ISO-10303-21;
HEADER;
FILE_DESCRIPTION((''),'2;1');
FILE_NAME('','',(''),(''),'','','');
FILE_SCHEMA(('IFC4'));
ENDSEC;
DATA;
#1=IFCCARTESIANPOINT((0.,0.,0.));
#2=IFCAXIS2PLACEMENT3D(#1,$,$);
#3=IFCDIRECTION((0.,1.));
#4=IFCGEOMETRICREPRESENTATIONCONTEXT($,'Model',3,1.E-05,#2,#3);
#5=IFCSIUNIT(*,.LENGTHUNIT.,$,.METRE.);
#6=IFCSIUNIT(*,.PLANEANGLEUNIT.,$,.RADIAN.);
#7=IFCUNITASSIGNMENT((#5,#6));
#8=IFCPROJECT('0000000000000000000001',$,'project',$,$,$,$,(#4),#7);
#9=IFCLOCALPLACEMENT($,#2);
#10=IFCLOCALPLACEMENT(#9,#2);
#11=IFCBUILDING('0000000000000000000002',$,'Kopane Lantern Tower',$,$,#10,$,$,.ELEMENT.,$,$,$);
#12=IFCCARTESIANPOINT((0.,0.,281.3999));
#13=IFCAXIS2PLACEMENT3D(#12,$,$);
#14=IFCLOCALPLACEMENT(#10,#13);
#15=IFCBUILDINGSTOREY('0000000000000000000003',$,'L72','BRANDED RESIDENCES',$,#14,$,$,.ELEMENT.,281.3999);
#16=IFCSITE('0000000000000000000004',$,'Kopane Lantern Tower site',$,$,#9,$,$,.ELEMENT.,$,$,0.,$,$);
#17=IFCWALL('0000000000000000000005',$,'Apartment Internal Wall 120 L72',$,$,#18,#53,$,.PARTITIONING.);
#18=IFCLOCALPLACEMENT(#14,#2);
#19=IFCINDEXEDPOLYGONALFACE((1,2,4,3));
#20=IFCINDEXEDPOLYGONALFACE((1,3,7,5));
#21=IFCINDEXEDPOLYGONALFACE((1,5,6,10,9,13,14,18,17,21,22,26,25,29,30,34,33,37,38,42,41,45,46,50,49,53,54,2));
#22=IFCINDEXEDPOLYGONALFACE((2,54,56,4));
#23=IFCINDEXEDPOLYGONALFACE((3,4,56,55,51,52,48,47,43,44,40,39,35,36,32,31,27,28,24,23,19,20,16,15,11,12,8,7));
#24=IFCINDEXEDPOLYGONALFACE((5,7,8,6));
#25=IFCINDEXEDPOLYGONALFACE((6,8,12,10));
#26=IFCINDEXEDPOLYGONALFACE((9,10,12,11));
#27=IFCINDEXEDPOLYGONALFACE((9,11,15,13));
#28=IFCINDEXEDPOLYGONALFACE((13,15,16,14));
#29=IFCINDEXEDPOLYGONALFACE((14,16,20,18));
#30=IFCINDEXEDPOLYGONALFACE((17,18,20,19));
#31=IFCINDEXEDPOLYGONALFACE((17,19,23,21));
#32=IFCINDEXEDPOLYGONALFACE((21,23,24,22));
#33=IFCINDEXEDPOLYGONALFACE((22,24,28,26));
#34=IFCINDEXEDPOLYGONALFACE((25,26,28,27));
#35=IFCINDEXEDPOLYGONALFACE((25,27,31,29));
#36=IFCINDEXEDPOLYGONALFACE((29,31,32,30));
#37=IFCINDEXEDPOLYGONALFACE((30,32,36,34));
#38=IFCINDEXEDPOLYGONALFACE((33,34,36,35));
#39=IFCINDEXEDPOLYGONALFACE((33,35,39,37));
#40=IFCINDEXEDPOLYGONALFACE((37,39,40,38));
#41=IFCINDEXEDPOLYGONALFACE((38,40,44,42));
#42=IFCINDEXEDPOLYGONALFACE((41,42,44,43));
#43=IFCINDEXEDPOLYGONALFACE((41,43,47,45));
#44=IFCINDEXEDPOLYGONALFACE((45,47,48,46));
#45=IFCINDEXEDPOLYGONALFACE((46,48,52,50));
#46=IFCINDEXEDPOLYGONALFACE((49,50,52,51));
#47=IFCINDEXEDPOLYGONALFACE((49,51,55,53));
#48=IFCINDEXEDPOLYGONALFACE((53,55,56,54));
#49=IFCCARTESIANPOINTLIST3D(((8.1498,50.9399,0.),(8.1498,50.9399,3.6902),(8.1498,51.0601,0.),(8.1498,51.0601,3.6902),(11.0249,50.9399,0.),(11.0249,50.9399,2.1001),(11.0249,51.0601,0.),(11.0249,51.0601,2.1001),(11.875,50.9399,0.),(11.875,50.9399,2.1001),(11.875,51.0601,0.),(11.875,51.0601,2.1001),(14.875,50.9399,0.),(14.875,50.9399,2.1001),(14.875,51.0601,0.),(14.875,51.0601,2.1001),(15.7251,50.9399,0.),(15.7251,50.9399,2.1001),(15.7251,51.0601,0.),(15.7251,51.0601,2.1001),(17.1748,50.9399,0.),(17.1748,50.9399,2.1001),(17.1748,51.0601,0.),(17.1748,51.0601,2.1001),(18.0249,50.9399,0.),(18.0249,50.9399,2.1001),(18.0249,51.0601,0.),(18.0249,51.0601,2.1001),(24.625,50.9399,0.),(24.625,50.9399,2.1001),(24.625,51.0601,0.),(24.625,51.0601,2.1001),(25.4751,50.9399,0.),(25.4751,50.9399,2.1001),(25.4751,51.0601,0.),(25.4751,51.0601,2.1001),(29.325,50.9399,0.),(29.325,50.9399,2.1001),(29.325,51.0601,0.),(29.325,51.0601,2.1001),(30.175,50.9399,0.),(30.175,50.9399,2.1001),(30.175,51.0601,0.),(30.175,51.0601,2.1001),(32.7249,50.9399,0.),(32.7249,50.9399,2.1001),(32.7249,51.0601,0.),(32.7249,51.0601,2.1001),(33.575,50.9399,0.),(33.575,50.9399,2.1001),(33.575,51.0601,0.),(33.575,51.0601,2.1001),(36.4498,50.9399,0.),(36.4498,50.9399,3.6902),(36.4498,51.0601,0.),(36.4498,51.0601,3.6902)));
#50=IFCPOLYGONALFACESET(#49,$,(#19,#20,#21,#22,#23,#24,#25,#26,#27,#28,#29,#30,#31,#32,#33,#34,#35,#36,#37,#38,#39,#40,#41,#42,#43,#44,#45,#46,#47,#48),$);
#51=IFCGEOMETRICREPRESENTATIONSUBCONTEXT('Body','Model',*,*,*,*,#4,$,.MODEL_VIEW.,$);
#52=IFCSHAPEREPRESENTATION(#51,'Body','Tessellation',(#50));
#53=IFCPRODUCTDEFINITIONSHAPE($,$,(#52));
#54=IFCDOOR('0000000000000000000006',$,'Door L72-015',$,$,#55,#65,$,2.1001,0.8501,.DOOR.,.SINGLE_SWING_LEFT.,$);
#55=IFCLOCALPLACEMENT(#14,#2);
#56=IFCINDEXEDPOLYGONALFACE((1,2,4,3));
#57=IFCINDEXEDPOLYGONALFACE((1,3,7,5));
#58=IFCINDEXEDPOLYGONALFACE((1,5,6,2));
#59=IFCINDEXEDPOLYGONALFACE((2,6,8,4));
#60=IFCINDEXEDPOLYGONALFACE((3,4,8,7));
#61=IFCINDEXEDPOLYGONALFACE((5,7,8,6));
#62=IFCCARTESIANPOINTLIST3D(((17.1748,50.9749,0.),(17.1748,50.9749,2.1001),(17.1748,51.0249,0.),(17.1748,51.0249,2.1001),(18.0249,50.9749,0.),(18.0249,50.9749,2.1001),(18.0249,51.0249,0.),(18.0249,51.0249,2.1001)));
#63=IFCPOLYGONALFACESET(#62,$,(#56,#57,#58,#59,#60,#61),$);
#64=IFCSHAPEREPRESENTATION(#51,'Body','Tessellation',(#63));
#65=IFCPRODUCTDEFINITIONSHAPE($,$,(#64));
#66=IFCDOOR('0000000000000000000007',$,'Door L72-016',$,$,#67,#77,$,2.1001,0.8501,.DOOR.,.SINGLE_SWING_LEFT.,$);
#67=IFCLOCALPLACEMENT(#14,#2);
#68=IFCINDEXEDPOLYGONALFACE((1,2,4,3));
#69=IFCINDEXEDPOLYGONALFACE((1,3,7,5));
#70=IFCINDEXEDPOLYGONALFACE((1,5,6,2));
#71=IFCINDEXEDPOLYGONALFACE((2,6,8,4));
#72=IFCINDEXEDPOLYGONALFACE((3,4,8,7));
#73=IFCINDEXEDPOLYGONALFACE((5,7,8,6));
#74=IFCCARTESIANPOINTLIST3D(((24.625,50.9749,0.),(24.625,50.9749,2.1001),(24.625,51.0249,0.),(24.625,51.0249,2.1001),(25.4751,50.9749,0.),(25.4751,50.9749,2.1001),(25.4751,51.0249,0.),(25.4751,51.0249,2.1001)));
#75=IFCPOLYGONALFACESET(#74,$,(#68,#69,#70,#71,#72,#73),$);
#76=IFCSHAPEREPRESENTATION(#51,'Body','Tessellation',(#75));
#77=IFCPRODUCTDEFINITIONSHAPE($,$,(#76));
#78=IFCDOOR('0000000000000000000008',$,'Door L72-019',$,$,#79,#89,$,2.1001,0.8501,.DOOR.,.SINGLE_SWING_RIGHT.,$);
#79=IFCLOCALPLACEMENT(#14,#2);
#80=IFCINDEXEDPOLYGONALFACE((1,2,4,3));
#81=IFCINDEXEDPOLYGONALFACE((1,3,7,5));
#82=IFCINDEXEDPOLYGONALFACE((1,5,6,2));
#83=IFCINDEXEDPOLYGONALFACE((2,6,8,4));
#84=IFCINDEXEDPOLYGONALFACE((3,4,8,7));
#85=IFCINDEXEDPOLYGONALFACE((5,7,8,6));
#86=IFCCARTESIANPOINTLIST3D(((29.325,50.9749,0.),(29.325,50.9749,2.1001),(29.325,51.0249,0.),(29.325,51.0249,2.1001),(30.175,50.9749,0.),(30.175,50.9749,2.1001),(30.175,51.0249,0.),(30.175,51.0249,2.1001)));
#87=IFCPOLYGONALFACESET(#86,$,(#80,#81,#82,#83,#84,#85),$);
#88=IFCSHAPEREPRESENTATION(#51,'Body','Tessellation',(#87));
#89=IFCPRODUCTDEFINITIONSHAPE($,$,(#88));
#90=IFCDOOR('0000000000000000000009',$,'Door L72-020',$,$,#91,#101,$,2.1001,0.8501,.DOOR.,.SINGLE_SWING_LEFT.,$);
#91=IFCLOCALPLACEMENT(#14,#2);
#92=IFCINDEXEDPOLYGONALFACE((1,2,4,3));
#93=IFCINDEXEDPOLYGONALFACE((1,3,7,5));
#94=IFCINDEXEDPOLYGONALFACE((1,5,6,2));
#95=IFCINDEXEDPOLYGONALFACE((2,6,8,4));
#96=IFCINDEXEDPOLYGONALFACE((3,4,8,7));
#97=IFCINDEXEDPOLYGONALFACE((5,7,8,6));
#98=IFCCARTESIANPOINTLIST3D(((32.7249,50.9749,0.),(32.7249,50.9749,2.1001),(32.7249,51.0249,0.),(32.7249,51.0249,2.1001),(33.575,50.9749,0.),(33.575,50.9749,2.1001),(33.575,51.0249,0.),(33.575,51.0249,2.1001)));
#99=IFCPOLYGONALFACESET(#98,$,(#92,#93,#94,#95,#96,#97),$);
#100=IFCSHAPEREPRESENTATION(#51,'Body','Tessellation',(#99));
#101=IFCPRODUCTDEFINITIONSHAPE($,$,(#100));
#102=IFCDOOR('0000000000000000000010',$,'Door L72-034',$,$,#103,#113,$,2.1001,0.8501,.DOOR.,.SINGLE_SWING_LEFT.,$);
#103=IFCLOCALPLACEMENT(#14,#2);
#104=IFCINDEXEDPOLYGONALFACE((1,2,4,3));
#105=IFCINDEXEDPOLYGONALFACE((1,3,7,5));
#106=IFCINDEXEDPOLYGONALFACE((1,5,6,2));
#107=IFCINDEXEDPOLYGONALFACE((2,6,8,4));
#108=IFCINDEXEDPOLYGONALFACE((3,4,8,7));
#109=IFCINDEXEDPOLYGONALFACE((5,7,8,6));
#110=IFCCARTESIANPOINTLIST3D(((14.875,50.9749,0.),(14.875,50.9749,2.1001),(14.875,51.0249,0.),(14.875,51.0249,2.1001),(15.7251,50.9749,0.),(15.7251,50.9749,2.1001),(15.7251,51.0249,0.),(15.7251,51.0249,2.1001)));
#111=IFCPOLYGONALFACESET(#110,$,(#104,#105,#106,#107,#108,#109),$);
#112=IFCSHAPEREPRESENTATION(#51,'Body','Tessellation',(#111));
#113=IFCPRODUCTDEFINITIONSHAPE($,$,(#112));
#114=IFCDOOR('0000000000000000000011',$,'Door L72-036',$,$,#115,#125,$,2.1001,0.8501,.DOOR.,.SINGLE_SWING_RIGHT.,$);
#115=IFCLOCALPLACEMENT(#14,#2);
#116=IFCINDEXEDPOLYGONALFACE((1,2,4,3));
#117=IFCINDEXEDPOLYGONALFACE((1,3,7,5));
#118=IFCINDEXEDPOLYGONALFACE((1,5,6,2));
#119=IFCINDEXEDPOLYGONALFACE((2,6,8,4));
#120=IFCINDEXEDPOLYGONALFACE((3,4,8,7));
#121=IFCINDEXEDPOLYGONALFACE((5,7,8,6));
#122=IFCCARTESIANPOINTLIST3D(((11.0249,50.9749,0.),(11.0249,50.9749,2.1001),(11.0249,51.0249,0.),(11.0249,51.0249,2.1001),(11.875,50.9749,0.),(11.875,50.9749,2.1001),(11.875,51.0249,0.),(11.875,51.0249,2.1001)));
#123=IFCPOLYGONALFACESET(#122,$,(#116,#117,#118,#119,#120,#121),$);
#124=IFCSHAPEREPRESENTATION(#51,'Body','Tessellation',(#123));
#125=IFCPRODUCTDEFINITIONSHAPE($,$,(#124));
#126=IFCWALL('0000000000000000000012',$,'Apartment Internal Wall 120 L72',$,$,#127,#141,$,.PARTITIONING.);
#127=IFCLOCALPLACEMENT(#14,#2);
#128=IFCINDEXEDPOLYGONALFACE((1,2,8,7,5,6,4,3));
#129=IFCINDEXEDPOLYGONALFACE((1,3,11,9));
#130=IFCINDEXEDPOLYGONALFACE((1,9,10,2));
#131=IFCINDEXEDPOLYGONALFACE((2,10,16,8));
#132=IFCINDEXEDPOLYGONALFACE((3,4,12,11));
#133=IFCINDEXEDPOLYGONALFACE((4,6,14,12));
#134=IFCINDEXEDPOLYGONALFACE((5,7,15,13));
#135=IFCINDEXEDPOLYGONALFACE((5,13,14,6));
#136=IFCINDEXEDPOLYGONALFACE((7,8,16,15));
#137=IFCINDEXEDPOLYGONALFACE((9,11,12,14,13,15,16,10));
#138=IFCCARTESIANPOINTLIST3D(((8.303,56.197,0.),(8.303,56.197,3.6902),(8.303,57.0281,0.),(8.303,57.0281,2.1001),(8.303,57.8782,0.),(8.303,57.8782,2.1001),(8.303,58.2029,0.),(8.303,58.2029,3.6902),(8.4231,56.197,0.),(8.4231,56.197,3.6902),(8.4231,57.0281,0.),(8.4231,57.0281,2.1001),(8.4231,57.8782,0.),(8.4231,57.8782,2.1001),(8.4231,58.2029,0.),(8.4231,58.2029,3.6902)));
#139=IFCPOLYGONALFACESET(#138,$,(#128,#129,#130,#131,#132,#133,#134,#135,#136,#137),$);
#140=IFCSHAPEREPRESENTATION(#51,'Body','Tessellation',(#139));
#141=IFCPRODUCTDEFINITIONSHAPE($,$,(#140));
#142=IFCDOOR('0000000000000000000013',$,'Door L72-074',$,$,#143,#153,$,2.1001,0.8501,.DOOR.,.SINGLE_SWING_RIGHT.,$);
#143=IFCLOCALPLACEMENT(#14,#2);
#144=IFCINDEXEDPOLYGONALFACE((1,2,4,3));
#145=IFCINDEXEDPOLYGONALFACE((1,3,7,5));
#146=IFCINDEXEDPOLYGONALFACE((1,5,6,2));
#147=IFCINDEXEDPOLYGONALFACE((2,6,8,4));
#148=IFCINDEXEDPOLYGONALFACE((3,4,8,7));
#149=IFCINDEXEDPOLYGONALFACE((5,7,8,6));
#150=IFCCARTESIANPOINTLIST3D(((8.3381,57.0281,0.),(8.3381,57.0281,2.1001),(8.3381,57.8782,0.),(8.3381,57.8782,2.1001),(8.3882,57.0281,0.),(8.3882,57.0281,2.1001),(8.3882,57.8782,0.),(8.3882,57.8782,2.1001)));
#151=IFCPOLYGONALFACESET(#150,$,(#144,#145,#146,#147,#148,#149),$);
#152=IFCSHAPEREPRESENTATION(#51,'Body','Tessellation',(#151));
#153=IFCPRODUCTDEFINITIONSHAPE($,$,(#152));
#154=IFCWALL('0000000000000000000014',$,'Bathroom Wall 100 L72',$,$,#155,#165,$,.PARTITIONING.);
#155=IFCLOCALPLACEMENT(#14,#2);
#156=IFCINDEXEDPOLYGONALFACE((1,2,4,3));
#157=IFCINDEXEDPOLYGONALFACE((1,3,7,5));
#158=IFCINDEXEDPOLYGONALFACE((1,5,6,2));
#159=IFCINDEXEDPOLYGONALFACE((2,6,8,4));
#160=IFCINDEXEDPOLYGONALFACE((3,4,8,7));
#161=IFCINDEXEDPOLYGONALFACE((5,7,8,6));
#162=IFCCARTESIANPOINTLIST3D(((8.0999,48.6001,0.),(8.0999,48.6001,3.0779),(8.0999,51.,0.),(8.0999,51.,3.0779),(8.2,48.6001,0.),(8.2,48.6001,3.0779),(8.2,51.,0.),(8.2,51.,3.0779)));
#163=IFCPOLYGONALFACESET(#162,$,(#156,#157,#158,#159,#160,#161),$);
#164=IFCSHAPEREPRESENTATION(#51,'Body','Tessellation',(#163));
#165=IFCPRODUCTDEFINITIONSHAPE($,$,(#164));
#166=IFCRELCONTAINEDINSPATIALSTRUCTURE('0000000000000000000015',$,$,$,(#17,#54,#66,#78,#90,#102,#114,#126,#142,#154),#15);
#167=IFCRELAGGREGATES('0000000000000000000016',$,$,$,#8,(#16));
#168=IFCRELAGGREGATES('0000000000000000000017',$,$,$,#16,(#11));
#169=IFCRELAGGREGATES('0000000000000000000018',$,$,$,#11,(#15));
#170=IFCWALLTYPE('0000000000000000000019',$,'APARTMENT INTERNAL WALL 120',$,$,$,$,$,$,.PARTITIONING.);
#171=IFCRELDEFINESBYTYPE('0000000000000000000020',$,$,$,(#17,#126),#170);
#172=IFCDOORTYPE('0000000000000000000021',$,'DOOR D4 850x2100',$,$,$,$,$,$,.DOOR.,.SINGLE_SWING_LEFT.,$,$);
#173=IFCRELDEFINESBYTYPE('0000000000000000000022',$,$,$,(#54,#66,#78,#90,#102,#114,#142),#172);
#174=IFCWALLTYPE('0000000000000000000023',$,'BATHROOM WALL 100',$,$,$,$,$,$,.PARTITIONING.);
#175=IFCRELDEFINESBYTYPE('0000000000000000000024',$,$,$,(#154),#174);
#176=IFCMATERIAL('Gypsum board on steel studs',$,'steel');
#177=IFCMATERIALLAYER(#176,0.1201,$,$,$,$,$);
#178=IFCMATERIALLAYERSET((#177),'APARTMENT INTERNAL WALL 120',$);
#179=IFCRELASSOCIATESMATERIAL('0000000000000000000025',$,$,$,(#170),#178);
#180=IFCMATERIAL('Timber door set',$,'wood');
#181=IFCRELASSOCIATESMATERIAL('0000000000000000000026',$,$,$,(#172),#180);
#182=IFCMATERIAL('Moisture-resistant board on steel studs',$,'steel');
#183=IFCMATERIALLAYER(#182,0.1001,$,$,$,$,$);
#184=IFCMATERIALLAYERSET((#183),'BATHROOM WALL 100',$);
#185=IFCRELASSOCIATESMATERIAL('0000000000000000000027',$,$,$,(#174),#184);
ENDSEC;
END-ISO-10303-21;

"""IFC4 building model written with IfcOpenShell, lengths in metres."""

from ifc_helpers import new_model, si_unit, direction, frame, frame_2d, origin, place, context, subcontext, project, spatial, rectangle, extrude, material, layer, layer_set, type_object, element, fill, save


model = new_model("IFC4")

# Units and contexts
model_context = context("Model", 3, precision=1e-05, world=origin(), true_north=direction((0.0, 1.0)))
body_context = subcontext(model_context, "Body", "Model", "MODEL_VIEW")
ifc_project = project(units=[si_unit("LENGTHUNIT", "METRE"), si_unit("PLANEANGLEUNIT", "RADIAN")], contexts=[model_context])

# Site, building, storey
site_placement = place(None, origin())
site = spatial("IfcSite", under=ifc_project, at=site_placement, Name="Kopane Lantern Tower site", CompositionType="ELEMENT", RefElevation=0.0)
building_placement = place(site_placement, origin())
building = spatial("IfcBuilding", under=site, at=building_placement, Name="Kopane Lantern Tower", CompositionType="ELEMENT")
storey_placement = place(building_placement, frame((0.0, 0.0, 281.3999)))
storey = spatial("IfcBuildingStorey", under=building, at=storey_placement, Name="L72", Description="BRANDED RESIDENCES", CompositionType="ELEMENT", Elevation=281.3999)

# Wall, openings, doors
ifc_material_1 = material(Name="Gypsum board on steel studs", Category="steel")
ifc_layer_1 = layer(ifc_material_1, 0.1201)
ifc_layer_set_1 = layer_set([ifc_layer_1], Name="APARTMENT INTERNAL WALL 120")
wall_type_1 = type_object("IfcWallType", Name="APARTMENT INTERNAL WALL 120", PredefinedType="PARTITIONING", material=ifc_layer_set_1)
wall_1_placement = place(storey_placement, frame((8.1499, 51.0, 0.0), z_axis=(0.0, 0.0, 1.0), x_axis=(1.0, 0.0, 0.0)))
wall_1 = element("IfcWall", 1, at=wall_1_placement, inside=storey, type_object=wall_type_1, Name="Apartment Internal Wall 120 L72", PredefinedType="PARTITIONING", context=body_context, shape_type="SweptSolid", body=[
    extrude(rectangle(XDim=28.3, YDim=0.1201, at=frame_2d((14.1499, 0.0))), origin(), (0.0, 0.0, 1.0), 3.6902),
])
opening_1_placement = place(wall_1_placement, frame((9.0249, 0.0, 0.0)))
opening_1 = element("IfcOpeningElement", 2, at=opening_1_placement, cuts=wall_1, PredefinedType="OPENING", context=body_context, shape_type="SweptSolid", body=[
    extrude(rectangle(XDim=0.8501, YDim=2.1001, at=frame_2d((0.425, 1.05))), frame((0.0, 0.0701, 0.0), z_axis=(0.0, -1.0, 0.0), x_axis=(1.0, 0.0, 0.0)), (0.0, 0.0, 1.0), 0.1401),
])
opening_2_placement = place(wall_1_placement, frame((16.4751, 0.0, 0.0)))
opening_2 = element("IfcOpeningElement", 3, at=opening_2_placement, cuts=wall_1, PredefinedType="OPENING", context=body_context, shape_type="SweptSolid", body=[
    extrude(rectangle(XDim=0.8501, YDim=2.1001, at=frame_2d((0.425, 1.05))), frame((0.0, 0.0701, 0.0), z_axis=(0.0, -1.0, 0.0), x_axis=(1.0, 0.0, 0.0)), (0.0, 0.0, 1.0), 0.1401),
])
opening_3_placement = place(wall_1_placement, frame((21.175, 0.0, 0.0)))
opening_3 = element("IfcOpeningElement", 4, at=opening_3_placement, cuts=wall_1, PredefinedType="OPENING", context=body_context, shape_type="SweptSolid", body=[
    extrude(rectangle(XDim=0.8501, YDim=2.1001, at=frame_2d((0.425, 1.05))), frame((0.0, 0.0701, 0.0), z_axis=(0.0, -1.0, 0.0), x_axis=(1.0, 0.0, 0.0)), (0.0, 0.0, 1.0), 0.1401),
])
opening_4_placement = place(wall_1_placement, frame((24.575, 0.0, 0.0)))
opening_4 = element("IfcOpeningElement", 5, at=opening_4_placement, cuts=wall_1, PredefinedType="OPENING", context=body_context, shape_type="SweptSolid", body=[
    extrude(rectangle(XDim=0.8501, YDim=2.1001, at=frame_2d((0.425, 1.05))), frame((0.0, 0.0701, 0.0), z_axis=(0.0, -1.0, 0.0), x_axis=(1.0, 0.0, 0.0)), (0.0, 0.0, 1.0), 0.1401),
])
opening_5_placement = place(wall_1_placement, frame((6.7251, 0.0, 0.0)))
opening_5 = element("IfcOpeningElement", 6, at=opening_5_placement, cuts=wall_1, PredefinedType="OPENING", context=body_context, shape_type="SweptSolid", body=[
    extrude(rectangle(XDim=0.8501, YDim=2.1001, at=frame_2d((0.425, 1.05))), frame((0.0, 0.0701, 0.0), z_axis=(0.0, -1.0, 0.0), x_axis=(1.0, 0.0, 0.0)), (0.0, 0.0, 1.0), 0.1401),
])
opening_6_placement = place(wall_1_placement, frame((2.875, 0.0, 0.0)))
opening_6 = element("IfcOpeningElement", 7, at=opening_6_placement, cuts=wall_1, PredefinedType="OPENING", context=body_context, shape_type="SweptSolid", body=[
    extrude(rectangle(XDim=0.8501, YDim=2.1001, at=frame_2d((0.425, 1.05))), frame((0.0, 0.0701, 0.0), z_axis=(0.0, -1.0, 0.0), x_axis=(1.0, 0.0, 0.0)), (0.0, 0.0, 1.0), 0.1401),
])
ifc_material_2 = material(Name="Timber door set", Category="wood")
door_type = type_object("IfcDoorType", Name="DOOR D4 850x2100", OperationType="SINGLE_SWING_LEFT", PredefinedType="DOOR", material=ifc_material_2)
door_1_placement = place(opening_1_placement, origin())
door_1 = element("IfcDoor", 8, at=door_1_placement, inside=storey, type_object=door_type, Name="Door L72-015", OperationType="SINGLE_SWING_LEFT", OverallHeight=2.1001, OverallWidth=0.8501, PredefinedType="DOOR", context=body_context, shape_type="SweptSolid", body=[
    extrude(rectangle(XDim=0.8501, YDim=2.1001, at=frame_2d((0.425, 1.05))), frame((0.0, 0.0249, 0.0), z_axis=(0.0, -1.0, 0.0), x_axis=(1.0, 0.0, 0.0)), (0.0, 0.0, 1.0), 0.05),
])
fill(opening_1, door_1)
door_2_placement = place(opening_2_placement, origin())
door_2 = element("IfcDoor", 9, at=door_2_placement, inside=storey, type_object=door_type, Name="Door L72-016", OperationType="SINGLE_SWING_LEFT", OverallHeight=2.1001, OverallWidth=0.8501, PredefinedType="DOOR", context=body_context, shape_type="SweptSolid", body=[
    extrude(rectangle(XDim=0.8501, YDim=2.1001, at=frame_2d((0.425, 1.05))), frame((0.0, 0.0249, 0.0), z_axis=(0.0, -1.0, 0.0), x_axis=(1.0, 0.0, 0.0)), (0.0, 0.0, 1.0), 0.05),
])
fill(opening_2, door_2)
door_3_placement = place(opening_3_placement, origin())
door_3 = element("IfcDoor", 10, at=door_3_placement, inside=storey, type_object=door_type, Name="Door L72-019", OperationType="SINGLE_SWING_RIGHT", OverallHeight=2.1001, OverallWidth=0.8501, PredefinedType="DOOR", context=body_context, shape_type="SweptSolid", body=[
    extrude(rectangle(XDim=0.8501, YDim=2.1001, at=frame_2d((0.425, 1.05))), frame((0.0, 0.0249, 0.0), z_axis=(0.0, -1.0, 0.0), x_axis=(1.0, 0.0, 0.0)), (0.0, 0.0, 1.0), 0.05),
])
fill(opening_3, door_3)
door_4_placement = place(opening_4_placement, origin())
door_4 = element("IfcDoor", 11, at=door_4_placement, inside=storey, type_object=door_type, Name="Door L72-020", OperationType="SINGLE_SWING_LEFT", OverallHeight=2.1001, OverallWidth=0.8501, PredefinedType="DOOR", context=body_context, shape_type="SweptSolid", body=[
    extrude(rectangle(XDim=0.8501, YDim=2.1001, at=frame_2d((0.425, 1.05))), frame((0.0, 0.0249, 0.0), z_axis=(0.0, -1.0, 0.0), x_axis=(1.0, 0.0, 0.0)), (0.0, 0.0, 1.0), 0.05),
])
fill(opening_4, door_4)
door_5_placement = place(opening_5_placement, origin())
door_5 = element("IfcDoor", 12, at=door_5_placement, inside=storey, type_object=door_type, Name="Door L72-034", OperationType="SINGLE_SWING_LEFT", OverallHeight=2.1001, OverallWidth=0.8501, PredefinedType="DOOR", context=body_context, shape_type="SweptSolid", body=[
    extrude(rectangle(XDim=0.8501, YDim=2.1001, at=frame_2d((0.425, 1.05))), frame((0.0, 0.0249, 0.0), z_axis=(0.0, -1.0, 0.0), x_axis=(1.0, 0.0, 0.0)), (0.0, 0.0, 1.0), 0.05),
])
fill(opening_5, door_5)
door_6_placement = place(opening_6_placement, origin())
door_6 = element("IfcDoor", 13, at=door_6_placement, inside=storey, type_object=door_type, Name="Door L72-036", OperationType="SINGLE_SWING_RIGHT", OverallHeight=2.1001, OverallWidth=0.8501, PredefinedType="DOOR", context=body_context, shape_type="SweptSolid", body=[
    extrude(rectangle(XDim=0.8501, YDim=2.1001, at=frame_2d((0.425, 1.05))), frame((0.0, 0.0249, 0.0), z_axis=(0.0, -1.0, 0.0), x_axis=(1.0, 0.0, 0.0)), (0.0, 0.0, 1.0), 0.05),
])
fill(opening_6, door_6)

# Wall, opening, door
wall_2_placement = place(storey_placement, frame((8.363, 56.197, 0.0), z_axis=(0.0, 0.0, 1.0), x_axis=(0.0, 1.0, 0.0)))
wall_2 = element("IfcWall", 14, at=wall_2_placement, inside=storey, type_object=wall_type_1, Name="Apartment Internal Wall 120 L72", PredefinedType="PARTITIONING", context=body_context, shape_type="SweptSolid", body=[
    extrude(rectangle(XDim=2.0059, YDim=0.1201, at=frame_2d((1.0029, 0.0))), origin(), (0.0, 0.0, 1.0), 3.6902),
])
opening_7_placement = place(wall_2_placement, frame((0.8311, 0.0, 0.0)))
opening_7 = element("IfcOpeningElement", 15, at=opening_7_placement, cuts=wall_2, PredefinedType="OPENING", context=body_context, shape_type="SweptSolid", body=[
    extrude(rectangle(XDim=0.8501, YDim=2.1001, at=frame_2d((0.425, 1.05))), frame((0.0, 0.0701, 0.0), z_axis=(0.0, -1.0, 0.0), x_axis=(1.0, 0.0, 0.0)), (0.0, 0.0, 1.0), 0.1401),
])
door_7_placement = place(opening_7_placement, origin())
door_7 = element("IfcDoor", 16, at=door_7_placement, inside=storey, type_object=door_type, Name="Door L72-074", OperationType="SINGLE_SWING_RIGHT", OverallHeight=2.1001, OverallWidth=0.8501, PredefinedType="DOOR", context=body_context, shape_type="SweptSolid", body=[
    extrude(rectangle(XDim=0.8501, YDim=2.1001, at=frame_2d((0.425, 1.05))), frame((0.0, 0.0249, 0.0), z_axis=(0.0, -1.0, 0.0), x_axis=(1.0, 0.0, 0.0)), (0.0, 0.0, 1.0), 0.05),
])
fill(opening_7, door_7)

# Wall
ifc_material_3 = material(Name="Moisture-resistant board on steel studs", Category="steel")
ifc_layer_2 = layer(ifc_material_3, 0.1001)
ifc_layer_set_2 = layer_set([ifc_layer_2], Name="BATHROOM WALL 100")
wall_type_2 = type_object("IfcWallType", Name="BATHROOM WALL 100", PredefinedType="PARTITIONING", material=ifc_layer_set_2)
wall_3_placement = place(storey_placement, frame((8.1499, 48.6001, 0.0), z_axis=(0.0, 0.0, 1.0), x_axis=(0.0, 1.0, 0.0)))
element("IfcWall", 17, at=wall_3_placement, inside=storey, type_object=wall_type_2, Name="Bathroom Wall 100 L72", PredefinedType="PARTITIONING", context=body_context, shape_type="SweptSolid", body=[
    extrude(rectangle(XDim=2.3999, YDim=0.1001, at=frame_2d((1.2, 0.0))), origin(), (0.0, 0.0, 1.0), 3.0779),
])

save(model, "model.ifc")
